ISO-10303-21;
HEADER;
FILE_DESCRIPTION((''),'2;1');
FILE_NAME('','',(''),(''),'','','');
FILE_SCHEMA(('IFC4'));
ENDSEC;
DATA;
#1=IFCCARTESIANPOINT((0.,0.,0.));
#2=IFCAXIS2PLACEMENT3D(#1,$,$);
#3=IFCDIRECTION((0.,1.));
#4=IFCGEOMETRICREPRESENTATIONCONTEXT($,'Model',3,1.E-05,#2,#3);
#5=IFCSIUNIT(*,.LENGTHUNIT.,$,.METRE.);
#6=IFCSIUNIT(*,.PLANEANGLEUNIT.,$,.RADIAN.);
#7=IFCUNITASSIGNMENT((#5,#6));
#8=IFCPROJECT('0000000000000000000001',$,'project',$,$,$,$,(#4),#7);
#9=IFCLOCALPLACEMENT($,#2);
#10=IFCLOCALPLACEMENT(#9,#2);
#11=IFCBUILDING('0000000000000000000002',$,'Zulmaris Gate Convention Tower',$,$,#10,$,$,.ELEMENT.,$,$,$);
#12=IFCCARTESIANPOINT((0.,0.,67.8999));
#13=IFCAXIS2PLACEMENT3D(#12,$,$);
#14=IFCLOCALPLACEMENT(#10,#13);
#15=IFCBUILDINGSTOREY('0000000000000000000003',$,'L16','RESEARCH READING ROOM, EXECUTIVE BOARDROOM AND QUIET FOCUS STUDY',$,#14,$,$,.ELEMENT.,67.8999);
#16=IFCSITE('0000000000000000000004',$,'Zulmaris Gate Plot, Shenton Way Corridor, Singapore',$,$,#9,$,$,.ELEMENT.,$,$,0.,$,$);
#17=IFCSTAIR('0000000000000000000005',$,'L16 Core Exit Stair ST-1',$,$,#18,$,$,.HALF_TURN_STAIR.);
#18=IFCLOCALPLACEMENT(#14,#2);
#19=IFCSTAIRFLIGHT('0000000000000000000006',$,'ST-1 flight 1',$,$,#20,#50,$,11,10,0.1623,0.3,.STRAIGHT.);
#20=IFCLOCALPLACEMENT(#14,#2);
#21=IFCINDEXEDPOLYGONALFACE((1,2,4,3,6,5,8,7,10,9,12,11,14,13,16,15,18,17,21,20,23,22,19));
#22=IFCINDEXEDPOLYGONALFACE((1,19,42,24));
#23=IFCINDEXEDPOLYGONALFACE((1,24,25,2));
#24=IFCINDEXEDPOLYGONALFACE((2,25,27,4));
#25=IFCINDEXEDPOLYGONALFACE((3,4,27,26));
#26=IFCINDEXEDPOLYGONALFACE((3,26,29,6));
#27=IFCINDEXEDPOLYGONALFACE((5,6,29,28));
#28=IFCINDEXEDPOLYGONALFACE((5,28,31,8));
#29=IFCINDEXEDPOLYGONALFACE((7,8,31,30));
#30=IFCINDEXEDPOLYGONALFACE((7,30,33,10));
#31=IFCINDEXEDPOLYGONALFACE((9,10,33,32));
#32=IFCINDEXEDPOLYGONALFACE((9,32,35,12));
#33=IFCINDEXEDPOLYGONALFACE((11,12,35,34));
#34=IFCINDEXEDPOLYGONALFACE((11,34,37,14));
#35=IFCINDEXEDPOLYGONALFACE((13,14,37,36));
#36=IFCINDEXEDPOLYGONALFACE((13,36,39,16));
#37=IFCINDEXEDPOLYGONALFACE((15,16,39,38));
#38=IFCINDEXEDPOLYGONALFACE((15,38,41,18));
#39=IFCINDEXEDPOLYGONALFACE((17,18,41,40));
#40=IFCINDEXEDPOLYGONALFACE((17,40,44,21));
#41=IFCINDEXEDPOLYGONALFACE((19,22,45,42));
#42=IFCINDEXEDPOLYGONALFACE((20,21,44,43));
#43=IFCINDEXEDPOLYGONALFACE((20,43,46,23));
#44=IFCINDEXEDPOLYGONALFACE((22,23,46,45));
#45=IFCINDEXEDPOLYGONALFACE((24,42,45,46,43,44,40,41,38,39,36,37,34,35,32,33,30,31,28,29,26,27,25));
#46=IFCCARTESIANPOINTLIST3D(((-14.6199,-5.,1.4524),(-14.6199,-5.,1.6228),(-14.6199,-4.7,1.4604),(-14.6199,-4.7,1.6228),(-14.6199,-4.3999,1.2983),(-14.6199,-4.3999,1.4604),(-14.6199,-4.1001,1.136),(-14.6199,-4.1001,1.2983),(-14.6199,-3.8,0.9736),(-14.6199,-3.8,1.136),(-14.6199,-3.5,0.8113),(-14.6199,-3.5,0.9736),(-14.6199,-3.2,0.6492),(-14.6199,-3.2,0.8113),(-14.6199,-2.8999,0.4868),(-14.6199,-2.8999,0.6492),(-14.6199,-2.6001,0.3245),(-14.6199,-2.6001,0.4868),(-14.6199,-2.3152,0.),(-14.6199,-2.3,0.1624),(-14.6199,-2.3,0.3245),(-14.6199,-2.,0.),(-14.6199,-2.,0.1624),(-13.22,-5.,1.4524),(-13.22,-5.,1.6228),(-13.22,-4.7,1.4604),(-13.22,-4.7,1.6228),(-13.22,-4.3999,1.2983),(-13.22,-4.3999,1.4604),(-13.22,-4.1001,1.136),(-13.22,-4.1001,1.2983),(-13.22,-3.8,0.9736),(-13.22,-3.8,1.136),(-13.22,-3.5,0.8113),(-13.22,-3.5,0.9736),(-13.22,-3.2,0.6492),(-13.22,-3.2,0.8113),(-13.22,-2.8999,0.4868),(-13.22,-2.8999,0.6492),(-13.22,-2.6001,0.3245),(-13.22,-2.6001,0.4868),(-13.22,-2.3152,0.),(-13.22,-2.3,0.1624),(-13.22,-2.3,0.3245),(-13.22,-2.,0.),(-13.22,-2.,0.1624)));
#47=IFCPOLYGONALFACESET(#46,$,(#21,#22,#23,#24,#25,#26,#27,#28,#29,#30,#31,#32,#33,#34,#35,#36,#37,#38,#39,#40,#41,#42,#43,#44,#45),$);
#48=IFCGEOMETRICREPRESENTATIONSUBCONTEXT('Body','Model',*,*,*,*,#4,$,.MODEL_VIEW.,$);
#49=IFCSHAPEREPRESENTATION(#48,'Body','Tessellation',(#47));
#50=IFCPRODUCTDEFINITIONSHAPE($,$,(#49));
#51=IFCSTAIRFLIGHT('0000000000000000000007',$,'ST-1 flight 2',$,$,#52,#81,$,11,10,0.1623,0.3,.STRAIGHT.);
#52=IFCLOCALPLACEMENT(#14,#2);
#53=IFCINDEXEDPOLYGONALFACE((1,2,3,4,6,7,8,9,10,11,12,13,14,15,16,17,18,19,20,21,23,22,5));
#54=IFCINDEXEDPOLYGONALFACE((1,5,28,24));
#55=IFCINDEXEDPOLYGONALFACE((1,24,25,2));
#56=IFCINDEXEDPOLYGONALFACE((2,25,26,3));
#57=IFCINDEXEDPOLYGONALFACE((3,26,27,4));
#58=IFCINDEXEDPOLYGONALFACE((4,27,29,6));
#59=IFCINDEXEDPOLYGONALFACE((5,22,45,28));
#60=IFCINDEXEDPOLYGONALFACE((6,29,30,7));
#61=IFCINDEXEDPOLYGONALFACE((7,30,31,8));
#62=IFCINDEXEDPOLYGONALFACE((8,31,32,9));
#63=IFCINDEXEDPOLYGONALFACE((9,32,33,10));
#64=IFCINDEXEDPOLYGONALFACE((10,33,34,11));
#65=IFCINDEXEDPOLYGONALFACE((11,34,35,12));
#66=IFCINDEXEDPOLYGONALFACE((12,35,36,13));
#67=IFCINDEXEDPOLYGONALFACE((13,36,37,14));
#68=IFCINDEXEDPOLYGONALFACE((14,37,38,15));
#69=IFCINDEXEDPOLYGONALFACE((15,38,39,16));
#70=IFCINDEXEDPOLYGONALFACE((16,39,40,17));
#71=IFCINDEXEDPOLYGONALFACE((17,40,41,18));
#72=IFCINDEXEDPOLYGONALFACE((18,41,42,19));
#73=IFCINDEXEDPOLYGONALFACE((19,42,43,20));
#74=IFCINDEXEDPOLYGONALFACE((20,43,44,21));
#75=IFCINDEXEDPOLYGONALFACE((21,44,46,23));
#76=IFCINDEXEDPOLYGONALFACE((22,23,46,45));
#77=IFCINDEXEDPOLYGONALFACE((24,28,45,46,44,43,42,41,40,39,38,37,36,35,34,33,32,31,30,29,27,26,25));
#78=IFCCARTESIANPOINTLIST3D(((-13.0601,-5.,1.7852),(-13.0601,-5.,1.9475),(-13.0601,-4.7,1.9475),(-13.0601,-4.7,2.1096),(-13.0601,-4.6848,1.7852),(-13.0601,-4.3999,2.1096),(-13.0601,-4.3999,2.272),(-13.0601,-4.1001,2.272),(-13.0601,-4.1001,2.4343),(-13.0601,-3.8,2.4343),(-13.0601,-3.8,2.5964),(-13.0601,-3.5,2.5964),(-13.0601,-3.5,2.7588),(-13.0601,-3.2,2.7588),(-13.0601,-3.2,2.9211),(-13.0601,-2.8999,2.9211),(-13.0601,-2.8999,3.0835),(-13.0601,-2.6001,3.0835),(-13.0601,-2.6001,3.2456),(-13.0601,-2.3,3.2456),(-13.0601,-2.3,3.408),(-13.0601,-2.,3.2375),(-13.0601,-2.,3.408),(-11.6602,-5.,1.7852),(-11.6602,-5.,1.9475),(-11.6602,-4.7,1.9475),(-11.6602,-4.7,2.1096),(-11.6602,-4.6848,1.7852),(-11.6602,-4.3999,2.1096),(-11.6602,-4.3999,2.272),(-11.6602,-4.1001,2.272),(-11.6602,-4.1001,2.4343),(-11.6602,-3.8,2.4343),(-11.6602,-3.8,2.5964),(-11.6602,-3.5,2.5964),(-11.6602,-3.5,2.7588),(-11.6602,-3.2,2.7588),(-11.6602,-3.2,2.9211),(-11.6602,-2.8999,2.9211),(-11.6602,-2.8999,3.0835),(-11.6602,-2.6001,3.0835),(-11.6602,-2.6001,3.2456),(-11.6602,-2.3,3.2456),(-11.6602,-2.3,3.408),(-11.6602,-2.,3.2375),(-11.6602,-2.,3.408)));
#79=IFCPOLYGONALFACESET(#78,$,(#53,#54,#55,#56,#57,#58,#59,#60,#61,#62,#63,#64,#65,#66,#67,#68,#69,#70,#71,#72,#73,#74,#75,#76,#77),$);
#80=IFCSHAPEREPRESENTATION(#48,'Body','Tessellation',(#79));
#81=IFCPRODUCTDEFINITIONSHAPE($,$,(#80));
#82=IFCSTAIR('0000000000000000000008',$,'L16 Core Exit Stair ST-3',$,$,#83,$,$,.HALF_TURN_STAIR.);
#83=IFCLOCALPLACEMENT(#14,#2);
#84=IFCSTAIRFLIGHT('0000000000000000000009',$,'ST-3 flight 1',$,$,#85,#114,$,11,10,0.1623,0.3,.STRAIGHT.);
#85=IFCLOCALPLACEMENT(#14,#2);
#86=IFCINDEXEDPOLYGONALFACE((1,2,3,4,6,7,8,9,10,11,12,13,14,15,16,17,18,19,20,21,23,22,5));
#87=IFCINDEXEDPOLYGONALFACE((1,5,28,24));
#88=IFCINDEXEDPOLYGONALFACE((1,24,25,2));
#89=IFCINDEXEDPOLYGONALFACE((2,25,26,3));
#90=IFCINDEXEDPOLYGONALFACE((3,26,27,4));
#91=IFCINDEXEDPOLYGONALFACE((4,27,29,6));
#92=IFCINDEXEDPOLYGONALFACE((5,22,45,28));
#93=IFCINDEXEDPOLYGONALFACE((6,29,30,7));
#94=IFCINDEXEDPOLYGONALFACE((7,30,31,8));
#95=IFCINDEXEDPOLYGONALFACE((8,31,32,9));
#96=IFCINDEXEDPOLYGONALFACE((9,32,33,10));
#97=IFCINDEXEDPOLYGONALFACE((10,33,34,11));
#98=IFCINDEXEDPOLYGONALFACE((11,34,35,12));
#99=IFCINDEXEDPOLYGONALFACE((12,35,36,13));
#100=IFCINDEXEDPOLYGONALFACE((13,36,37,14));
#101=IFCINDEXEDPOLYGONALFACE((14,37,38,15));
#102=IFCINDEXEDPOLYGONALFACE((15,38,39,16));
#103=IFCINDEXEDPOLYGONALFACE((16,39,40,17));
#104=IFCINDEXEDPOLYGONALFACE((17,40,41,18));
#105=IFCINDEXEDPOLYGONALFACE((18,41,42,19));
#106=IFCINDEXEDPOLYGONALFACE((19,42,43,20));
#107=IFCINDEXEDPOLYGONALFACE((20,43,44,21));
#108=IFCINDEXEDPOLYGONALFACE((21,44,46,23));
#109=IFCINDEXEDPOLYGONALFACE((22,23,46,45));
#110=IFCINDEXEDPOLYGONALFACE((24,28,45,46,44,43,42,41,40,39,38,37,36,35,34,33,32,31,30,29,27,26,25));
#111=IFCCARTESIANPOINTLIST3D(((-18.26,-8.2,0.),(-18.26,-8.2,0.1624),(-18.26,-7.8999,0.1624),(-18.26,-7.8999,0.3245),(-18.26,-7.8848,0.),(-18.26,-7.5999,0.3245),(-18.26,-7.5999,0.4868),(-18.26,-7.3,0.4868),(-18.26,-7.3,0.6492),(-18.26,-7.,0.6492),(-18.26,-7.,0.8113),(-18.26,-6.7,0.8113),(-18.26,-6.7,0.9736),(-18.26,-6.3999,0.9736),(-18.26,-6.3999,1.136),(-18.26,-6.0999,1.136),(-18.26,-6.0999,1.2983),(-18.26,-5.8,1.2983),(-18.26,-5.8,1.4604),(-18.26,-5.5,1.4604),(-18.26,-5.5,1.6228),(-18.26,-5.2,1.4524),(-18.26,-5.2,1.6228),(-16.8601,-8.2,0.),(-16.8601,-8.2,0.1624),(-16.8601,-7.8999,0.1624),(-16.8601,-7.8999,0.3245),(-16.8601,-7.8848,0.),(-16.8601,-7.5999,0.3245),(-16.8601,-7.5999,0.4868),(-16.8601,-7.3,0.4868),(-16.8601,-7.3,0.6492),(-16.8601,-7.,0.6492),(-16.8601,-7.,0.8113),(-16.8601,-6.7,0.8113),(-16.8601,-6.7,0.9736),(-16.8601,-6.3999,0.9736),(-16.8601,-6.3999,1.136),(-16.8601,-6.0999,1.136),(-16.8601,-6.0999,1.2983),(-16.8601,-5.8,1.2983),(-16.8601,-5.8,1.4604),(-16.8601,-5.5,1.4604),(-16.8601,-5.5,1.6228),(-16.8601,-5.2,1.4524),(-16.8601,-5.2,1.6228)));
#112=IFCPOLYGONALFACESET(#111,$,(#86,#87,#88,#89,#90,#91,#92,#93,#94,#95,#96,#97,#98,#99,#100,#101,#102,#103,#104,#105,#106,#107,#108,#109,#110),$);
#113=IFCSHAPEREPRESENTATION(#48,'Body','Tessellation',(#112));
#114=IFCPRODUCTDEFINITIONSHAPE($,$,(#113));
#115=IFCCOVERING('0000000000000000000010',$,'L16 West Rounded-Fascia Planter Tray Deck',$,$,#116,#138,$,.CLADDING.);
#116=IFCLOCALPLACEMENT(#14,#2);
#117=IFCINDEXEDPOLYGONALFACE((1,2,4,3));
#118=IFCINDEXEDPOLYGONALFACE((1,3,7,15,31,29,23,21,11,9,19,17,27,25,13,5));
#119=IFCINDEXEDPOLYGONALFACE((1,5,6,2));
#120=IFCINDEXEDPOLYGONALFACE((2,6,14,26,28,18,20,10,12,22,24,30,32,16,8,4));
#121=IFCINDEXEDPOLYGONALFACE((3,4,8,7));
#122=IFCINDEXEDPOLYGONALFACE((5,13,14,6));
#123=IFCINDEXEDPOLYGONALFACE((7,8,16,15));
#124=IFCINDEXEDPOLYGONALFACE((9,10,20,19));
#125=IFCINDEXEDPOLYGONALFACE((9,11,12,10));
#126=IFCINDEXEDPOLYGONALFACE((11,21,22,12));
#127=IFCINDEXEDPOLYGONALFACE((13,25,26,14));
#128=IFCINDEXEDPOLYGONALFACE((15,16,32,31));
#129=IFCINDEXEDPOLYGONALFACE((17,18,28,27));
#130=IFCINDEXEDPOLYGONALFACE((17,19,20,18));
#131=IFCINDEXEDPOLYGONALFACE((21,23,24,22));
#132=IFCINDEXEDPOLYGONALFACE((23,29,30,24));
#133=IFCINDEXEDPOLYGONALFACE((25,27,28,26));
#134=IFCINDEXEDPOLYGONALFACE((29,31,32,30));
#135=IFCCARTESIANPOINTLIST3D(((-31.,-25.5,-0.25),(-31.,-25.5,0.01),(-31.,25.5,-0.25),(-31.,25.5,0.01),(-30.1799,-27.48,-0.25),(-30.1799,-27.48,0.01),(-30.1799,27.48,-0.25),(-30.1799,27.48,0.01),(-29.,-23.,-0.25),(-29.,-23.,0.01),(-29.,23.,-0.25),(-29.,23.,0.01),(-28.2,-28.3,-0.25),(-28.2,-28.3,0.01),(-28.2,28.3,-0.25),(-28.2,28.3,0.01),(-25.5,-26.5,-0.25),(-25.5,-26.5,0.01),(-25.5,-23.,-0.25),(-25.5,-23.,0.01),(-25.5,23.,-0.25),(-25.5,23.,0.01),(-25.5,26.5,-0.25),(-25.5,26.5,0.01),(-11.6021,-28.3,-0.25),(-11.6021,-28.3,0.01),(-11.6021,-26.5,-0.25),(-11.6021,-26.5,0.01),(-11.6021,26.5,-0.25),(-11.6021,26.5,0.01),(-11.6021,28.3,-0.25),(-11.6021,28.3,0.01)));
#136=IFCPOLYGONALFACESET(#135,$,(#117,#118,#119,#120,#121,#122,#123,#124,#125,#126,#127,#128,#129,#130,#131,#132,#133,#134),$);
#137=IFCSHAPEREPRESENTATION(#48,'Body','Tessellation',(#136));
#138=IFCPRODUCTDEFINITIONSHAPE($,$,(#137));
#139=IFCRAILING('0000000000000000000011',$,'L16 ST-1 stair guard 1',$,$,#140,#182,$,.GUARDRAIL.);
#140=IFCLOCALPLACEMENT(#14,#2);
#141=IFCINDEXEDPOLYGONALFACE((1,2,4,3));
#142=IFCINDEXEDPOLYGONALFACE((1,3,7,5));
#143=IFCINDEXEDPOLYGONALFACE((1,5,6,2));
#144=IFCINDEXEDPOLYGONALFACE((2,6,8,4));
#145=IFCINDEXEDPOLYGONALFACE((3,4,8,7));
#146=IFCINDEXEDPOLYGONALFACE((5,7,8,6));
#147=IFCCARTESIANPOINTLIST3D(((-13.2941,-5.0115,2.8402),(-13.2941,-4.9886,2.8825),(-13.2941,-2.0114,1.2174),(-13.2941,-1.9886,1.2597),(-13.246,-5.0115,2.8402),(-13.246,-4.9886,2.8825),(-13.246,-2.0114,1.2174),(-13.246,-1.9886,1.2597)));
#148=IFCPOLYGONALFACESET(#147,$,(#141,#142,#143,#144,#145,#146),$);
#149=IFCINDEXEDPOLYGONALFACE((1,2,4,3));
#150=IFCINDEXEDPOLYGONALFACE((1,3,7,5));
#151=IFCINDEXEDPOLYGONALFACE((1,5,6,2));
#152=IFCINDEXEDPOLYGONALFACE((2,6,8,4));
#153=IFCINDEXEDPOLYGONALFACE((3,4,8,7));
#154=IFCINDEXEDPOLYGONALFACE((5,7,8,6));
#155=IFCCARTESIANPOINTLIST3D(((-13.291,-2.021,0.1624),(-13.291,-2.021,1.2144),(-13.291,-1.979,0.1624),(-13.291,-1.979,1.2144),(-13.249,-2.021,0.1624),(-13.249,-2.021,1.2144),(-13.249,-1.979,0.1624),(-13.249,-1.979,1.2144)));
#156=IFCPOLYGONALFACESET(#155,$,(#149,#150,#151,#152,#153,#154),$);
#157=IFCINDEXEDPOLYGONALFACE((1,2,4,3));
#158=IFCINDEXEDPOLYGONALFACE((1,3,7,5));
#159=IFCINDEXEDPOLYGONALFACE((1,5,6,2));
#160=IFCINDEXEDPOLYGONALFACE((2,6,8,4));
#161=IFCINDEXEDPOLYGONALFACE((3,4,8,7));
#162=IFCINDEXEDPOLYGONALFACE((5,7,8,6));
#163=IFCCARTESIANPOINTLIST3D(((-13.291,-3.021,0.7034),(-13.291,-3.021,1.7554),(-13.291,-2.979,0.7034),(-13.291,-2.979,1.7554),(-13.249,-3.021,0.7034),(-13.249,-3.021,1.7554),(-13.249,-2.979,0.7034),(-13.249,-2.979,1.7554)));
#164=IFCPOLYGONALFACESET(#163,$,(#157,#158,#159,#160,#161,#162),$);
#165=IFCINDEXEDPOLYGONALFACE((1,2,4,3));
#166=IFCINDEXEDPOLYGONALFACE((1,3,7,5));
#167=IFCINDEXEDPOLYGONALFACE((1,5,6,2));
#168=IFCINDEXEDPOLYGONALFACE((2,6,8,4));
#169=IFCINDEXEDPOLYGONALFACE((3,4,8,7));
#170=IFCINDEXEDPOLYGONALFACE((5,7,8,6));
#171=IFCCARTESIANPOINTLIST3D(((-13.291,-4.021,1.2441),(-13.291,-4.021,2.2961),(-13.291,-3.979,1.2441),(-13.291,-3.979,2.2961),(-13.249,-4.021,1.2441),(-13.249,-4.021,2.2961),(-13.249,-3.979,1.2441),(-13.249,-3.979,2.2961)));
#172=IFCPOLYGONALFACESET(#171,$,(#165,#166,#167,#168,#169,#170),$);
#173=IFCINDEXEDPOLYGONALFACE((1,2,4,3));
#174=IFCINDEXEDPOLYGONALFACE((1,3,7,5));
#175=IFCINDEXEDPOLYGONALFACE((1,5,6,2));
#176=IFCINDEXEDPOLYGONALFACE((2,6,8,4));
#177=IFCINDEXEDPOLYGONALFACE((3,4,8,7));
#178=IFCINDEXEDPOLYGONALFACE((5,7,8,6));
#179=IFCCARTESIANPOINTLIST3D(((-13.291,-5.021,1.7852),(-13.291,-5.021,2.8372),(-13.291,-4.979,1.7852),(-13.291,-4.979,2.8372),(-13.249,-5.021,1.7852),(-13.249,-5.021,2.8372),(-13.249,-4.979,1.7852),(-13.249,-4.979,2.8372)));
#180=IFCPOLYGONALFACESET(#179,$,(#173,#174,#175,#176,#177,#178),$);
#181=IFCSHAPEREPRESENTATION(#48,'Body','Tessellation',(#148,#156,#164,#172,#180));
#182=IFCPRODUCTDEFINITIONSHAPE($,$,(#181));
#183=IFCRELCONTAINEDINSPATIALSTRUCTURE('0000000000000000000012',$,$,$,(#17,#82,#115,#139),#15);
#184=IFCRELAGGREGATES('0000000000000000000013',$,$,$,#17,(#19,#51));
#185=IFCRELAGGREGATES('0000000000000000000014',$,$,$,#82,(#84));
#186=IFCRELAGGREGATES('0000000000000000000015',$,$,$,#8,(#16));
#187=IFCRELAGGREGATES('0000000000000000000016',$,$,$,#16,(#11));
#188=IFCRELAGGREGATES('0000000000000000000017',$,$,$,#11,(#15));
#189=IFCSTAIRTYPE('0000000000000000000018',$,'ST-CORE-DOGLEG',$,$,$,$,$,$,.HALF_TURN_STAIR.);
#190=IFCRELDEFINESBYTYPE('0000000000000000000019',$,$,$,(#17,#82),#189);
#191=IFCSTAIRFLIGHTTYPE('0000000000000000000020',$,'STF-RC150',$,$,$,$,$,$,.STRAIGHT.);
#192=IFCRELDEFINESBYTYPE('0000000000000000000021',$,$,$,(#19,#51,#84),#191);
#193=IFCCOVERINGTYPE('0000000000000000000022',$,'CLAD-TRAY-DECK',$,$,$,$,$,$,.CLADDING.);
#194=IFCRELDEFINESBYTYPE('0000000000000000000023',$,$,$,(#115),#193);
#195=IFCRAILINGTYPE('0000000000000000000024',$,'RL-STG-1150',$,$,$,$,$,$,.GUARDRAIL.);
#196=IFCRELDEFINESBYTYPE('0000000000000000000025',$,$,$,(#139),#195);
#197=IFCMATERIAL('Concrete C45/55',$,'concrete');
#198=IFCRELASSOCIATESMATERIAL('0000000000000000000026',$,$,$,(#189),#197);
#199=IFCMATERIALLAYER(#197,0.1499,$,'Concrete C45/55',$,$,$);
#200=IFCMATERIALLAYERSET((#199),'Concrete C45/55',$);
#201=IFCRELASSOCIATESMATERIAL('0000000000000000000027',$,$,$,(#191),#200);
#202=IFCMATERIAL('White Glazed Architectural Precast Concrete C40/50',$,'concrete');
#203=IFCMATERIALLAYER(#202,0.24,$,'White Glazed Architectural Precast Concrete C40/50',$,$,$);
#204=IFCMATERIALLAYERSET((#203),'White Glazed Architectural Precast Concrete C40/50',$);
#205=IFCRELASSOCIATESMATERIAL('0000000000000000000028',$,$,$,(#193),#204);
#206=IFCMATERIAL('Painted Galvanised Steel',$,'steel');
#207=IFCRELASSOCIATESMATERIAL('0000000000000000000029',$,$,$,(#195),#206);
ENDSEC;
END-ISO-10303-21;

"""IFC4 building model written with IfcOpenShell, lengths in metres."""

from ifc_helpers import new_model, si_unit, direction, frame, origin, origin_2d, place, context, subcontext, project, spatial, polyline, rectangle, outline, extrude, material, layer, layer_set, type_object, element, aggregate, save


model = new_model("IFC4")

# Units and contexts
model_context = context("Model", 3, precision=1e-05, world=origin(), true_north=direction((0.0, 1.0)))
body_context = subcontext(model_context, "Body", "Model", "MODEL_VIEW")
ifc_project = project(units=[si_unit("LENGTHUNIT", "METRE"), si_unit("PLANEANGLEUNIT", "RADIAN")], contexts=[model_context])

# Site, building, storey
site_placement = place(None, origin())
site = spatial("IfcSite", under=ifc_project, at=site_placement, Name="Zulmaris Gate Plot, Shenton Way Corridor, Singapore", CompositionType="ELEMENT", RefElevation=0.0)
building_placement = place(site_placement, origin())
building = spatial("IfcBuilding", under=site, at=building_placement, Name="Zulmaris Gate Convention Tower", CompositionType="ELEMENT")
storey_placement = place(building_placement, frame((0.0, 0.0, 67.8999)))
storey = spatial("IfcBuildingStorey", under=building, at=storey_placement, Name="L16", Description="RESEARCH READING ROOM, EXECUTIVE BOARDROOM AND QUIET FOCUS STUDY", CompositionType="ELEMENT", Elevation=67.8999)

# Stair, stair flights
ifc_material_1 = material(Name="Concrete C45/55", Category="concrete")
stair_type = type_object("IfcStairType", Name="ST-CORE-DOGLEG", PredefinedType="HALF_TURN_STAIR", material=ifc_material_1)
stair_1_placement = place(storey_placement, origin())
stair_1 = element("IfcStair", 1, at=stair_1_placement, inside=storey, type_object=stair_type, Name="L16 Core Exit Stair ST-1", PredefinedType="HALF_TURN_STAIR")
ifc_layer_1 = layer(ifc_material_1, 0.1499, Name="Concrete C45/55")
ifc_layer_set_1 = layer_set([ifc_layer_1], Name="Concrete C45/55")
stair_flight_type = type_object("IfcStairFlightType", Name="STF-RC150", PredefinedType="STRAIGHT", material=ifc_layer_set_1)
stair_flight_1_placement = place(storey_placement, frame((-13.9199, -2.0, 0.0), z_axis=(0.0, 0.0, 1.0), x_axis=(0.0, -1.0, 0.0)))
stair_flight_1 = element("IfcStairFlight", 2, at=stair_flight_1_placement, type_object=stair_flight_type, Name="ST-1 flight 1", NumberOfRisers=11, NumberOfTreads=10, PredefinedType="STRAIGHT", RiserHeight=0.1623, TreadLength=0.3, context=body_context, shape_type="SweptSolid", body=[
    extrude(outline(polyline([(0.0, 0.0), (0.0, 0.1624), (0.3, 0.1624), (0.3, 0.3245), (0.6001, 0.3245), (0.6001, 0.4868), (0.8999, 0.4868), (0.8999, 0.6492), (1.2, 0.6492), (1.2, 0.8113), (1.5, 0.8113), (1.5, 0.9736), (1.8, 0.9736), (1.8, 1.136), (2.1001, 1.136), (2.1001, 1.2983), (2.3999, 1.2983), (2.3999, 1.4604), (2.7, 1.4604), (2.7, 1.6228), (3.0, 1.6228), (3.0, 1.7852), (3.0, 1.4524), (0.3152, 0.0), (0.0, 0.0)])), frame((0.0, 0.7, 0.0), z_axis=(0.0, -1.0, 0.0), x_axis=(1.0, 0.0, 0.0)), (0.0, 0.0, 1.0), 1.3999),
])
stair_flight_2_placement = place(storey_placement, frame((-12.3601, -5.0, 1.7852), z_axis=(0.0, 0.0, 1.0), x_axis=(0.0, 1.0, 0.0)))
stair_flight_2 = element("IfcStairFlight", 3, at=stair_flight_2_placement, type_object=stair_flight_type, Name="ST-1 flight 2", NumberOfRisers=11, NumberOfTreads=10, PredefinedType="STRAIGHT", RiserHeight=0.1623, TreadLength=0.3, context=body_context, shape_type="SweptSolid", body=[
    extrude(outline(polyline([(0.0, 0.0), (0.0, 0.1624), (0.3, 0.1624), (0.3, 0.3245), (0.6001, 0.3245), (0.6001, 0.4868), (0.8999, 0.4868), (0.8999, 0.6492), (1.2, 0.6492), (1.2, 0.8113), (1.5, 0.8113), (1.5, 0.9736), (1.8, 0.9736), (1.8, 1.136), (2.1001, 1.136), (2.1001, 1.2983), (2.3999, 1.2983), (2.3999, 1.4604), (2.7, 1.4604), (2.7, 1.6228), (3.0, 1.6228), (3.0, 1.7852), (3.0, 1.4524), (0.3152, 0.0), (0.0, 0.0)])), frame((0.0, 0.7, 0.0), z_axis=(0.0, -1.0, 0.0), x_axis=(1.0, 0.0, 0.0)), (0.0, 0.0, 1.0), 1.3999),
])
aggregate(stair_1, [stair_flight_1, stair_flight_2])

# Stair, stair flight
stair_2_placement = place(storey_placement, origin())
stair_2 = element("IfcStair", 4, at=stair_2_placement, inside=storey, type_object=stair_type, Name="L16 Core Exit Stair ST-3", PredefinedType="HALF_TURN_STAIR")
stair_flight_3_placement = place(storey_placement, frame((-17.5601, -8.2, 0.0), z_axis=(0.0, 0.0, 1.0), x_axis=(0.0, 1.0, 0.0)))
stair_flight_3 = element("IfcStairFlight", 5, at=stair_flight_3_placement, type_object=stair_flight_type, Name="ST-3 flight 1", NumberOfRisers=11, NumberOfTreads=10, PredefinedType="STRAIGHT", RiserHeight=0.1623, TreadLength=0.3, context=body_context, shape_type="SweptSolid", body=[
    extrude(outline(polyline([(0.0, 0.0), (0.0, 0.1624), (0.3, 0.1624), (0.3, 0.3245), (0.6001, 0.3245), (0.6001, 0.4868), (0.8999, 0.4868), (0.8999, 0.6492), (1.2, 0.6492), (1.2, 0.8113), (1.5, 0.8113), (1.5, 0.9736), (1.8, 0.9736), (1.8, 1.136), (2.1001, 1.136), (2.1001, 1.2983), (2.3999, 1.2983), (2.3999, 1.4604), (2.7, 1.4604), (2.7, 1.6228), (3.0, 1.6228), (3.0, 1.7852), (3.0, 1.4524), (0.3152, 0.0), (0.0, 0.0)])), frame((0.0, 0.7, 0.0), z_axis=(0.0, -1.0, 0.0), x_axis=(1.0, 0.0, 0.0)), (0.0, 0.0, 1.0), 1.3999),
])
aggregate(stair_2, [stair_flight_3])

# Covering
ifc_material_2 = material(Name="White Glazed Architectural Precast Concrete C40/50", Category="concrete")
ifc_layer_2 = layer(ifc_material_2, 0.24, Name="White Glazed Architectural Precast Concrete C40/50")
ifc_layer_set_2 = layer_set([ifc_layer_2], Name="White Glazed Architectural Precast Concrete C40/50")
covering_type = type_object("IfcCoveringType", Name="CLAD-TRAY-DECK", PredefinedType="CLADDING", material=ifc_layer_set_2)
covering_placement = place(storey_placement, frame((0.0, 0.0, -0.25)))
element("IfcCovering", 6, at=covering_placement, inside=storey, type_object=covering_type, Name="L16 West Rounded-Fascia Planter Tray Deck", PredefinedType="CLADDING", context=body_context, shape_type="SweptSolid", body=[
    extrude(outline(polyline([(-31.0, 25.5), (-30.1799, 27.48), (-28.2, 28.3), (-11.6021, 28.3), (-11.6021, 26.5), (-25.5, 26.5), (-25.5, 23.0), (-29.0, 23.0), (-29.0, -23.0), (-25.5, -23.0), (-25.5, -26.5), (-11.6021, -26.5), (-11.6021, -28.3), (-28.2, -28.3), (-30.1799, -27.48), (-31.0, -25.5), (-31.0, 25.5)])), origin(), (0.0, 0.0, 1.0), 0.26),
])

# Railing
ifc_material_3 = material(Name="Painted Galvanised Steel", Category="steel")
railing_type_1 = type_object("IfcRailingType", Name="RL-STG-1150", PredefinedType="GUARDRAIL", material=ifc_material_3)
railing_1_placement = place(storey_placement, frame((-13.27, -2.0, 0.1624)))
element("IfcRailing", 7, at=railing_1_placement, inside=storey, type_object=railing_type_1, Name="L16 ST-1 stair guard 1", PredefinedType="GUARDRAIL", context=body_context, shape_type="SweptSolid", body=[
    extrude(rectangle(XDim=0.0481, YDim=0.0481, at=origin_2d()), frame((0.0, 0.0, 1.0762), z_axis=(0.0, -0.879562, 0.475785), x_axis=(1.0, 0.0, 0.0)), (0.0, 0.0, 1.0), 3.4109),
    extrude(rectangle(XDim=0.042, YDim=0.042, at=origin_2d()), origin(), (0.0, 0.0, 1.0), 1.052),
    extrude(rectangle(XDim=0.042, YDim=0.042, at=origin_2d()), frame((0.0, -1.0, 0.541)), (0.0, 0.0, 1.0), 1.052),
    extrude(rectangle(XDim=0.042, YDim=0.042, at=origin_2d()), frame((0.0, -2.0, 1.0818)), (0.0, 0.0, 1.0), 1.052),
    extrude(rectangle(XDim=0.042, YDim=0.042, at=origin_2d()), frame((0.0, -3.0, 1.6228)), (0.0, 0.0, 1.0), 1.052),
])

save(model, "model.ifc")
